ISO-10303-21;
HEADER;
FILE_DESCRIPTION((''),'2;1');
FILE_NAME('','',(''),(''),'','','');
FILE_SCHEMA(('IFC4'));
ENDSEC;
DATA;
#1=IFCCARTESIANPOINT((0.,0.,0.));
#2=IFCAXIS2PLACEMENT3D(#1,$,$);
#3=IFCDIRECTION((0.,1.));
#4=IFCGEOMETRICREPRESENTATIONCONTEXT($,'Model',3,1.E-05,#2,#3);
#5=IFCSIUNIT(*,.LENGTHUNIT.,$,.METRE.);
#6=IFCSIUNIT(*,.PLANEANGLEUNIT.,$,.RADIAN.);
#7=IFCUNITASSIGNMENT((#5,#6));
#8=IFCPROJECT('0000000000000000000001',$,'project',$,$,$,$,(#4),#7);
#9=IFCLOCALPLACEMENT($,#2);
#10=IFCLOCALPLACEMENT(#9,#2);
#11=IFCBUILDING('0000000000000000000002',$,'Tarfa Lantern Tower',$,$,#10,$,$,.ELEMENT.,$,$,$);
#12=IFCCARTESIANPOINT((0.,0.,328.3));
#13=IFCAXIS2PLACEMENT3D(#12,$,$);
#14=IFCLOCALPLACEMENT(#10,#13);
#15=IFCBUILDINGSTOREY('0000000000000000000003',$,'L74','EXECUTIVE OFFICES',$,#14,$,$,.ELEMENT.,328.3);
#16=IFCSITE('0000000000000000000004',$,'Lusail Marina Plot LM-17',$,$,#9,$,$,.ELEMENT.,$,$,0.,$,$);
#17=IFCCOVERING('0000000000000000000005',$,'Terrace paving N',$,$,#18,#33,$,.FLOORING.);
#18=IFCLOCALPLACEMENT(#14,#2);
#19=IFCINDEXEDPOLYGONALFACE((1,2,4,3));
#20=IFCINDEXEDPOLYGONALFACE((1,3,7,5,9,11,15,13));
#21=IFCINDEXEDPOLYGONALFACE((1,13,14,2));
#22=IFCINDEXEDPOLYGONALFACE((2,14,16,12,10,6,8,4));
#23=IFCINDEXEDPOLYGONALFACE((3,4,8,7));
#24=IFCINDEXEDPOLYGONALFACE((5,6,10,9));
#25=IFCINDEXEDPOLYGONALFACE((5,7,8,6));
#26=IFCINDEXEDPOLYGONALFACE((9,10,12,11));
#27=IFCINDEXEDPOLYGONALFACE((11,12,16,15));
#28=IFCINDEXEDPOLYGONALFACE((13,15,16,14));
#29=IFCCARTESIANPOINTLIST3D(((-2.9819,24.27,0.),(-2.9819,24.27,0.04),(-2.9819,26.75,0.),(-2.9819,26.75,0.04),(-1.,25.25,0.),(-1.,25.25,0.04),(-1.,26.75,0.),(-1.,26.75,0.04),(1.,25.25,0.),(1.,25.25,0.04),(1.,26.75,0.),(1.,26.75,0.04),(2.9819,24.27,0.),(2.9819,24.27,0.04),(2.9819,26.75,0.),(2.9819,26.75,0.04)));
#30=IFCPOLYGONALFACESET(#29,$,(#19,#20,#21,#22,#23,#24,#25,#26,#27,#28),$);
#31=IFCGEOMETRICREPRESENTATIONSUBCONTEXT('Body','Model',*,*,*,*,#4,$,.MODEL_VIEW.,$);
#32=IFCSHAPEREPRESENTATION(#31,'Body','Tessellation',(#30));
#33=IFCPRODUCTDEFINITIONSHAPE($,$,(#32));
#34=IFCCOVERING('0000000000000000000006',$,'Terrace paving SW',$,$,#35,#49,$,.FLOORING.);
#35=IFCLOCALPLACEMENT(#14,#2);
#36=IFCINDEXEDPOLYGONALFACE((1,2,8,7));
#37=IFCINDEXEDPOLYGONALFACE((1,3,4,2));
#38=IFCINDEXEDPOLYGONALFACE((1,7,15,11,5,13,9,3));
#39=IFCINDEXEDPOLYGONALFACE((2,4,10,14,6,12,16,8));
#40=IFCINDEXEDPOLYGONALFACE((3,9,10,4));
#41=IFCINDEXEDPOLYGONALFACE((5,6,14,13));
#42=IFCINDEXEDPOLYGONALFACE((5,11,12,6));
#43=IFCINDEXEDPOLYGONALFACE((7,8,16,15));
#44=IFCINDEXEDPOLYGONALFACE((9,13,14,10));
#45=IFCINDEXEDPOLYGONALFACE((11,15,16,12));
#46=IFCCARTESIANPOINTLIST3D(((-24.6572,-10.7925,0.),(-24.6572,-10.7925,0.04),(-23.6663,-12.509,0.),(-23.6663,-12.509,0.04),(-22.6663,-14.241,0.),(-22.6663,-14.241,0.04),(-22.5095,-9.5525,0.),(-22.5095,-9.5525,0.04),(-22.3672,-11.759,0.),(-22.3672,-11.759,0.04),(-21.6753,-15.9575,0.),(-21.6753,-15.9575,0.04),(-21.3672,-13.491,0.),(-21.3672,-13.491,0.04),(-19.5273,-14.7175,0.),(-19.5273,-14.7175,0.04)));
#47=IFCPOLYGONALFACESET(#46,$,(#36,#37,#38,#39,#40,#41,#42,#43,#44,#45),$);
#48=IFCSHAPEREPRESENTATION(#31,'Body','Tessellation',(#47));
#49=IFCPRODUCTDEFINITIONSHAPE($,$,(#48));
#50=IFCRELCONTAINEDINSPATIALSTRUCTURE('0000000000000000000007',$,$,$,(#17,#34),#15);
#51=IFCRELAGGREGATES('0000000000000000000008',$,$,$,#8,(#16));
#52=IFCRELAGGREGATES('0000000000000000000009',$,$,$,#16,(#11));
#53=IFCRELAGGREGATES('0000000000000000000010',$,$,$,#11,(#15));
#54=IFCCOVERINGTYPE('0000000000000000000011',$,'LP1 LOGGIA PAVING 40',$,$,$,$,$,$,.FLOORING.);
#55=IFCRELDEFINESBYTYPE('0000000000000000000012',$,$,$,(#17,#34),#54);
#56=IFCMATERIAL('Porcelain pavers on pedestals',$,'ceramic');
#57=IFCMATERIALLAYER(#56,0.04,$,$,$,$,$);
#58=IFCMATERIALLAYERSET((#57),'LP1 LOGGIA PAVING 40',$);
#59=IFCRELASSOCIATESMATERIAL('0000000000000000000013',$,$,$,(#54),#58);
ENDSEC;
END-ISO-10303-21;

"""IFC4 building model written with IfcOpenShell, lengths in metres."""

from ifc_helpers import new_model, si_unit, direction, frame, origin, place, context, subcontext, project, spatial, polyline, outline, extrude, material, layer, layer_set, type_object, element, save


model = new_model("IFC4")

# Units and contexts
model_context = context("Model", 3, precision=1e-05, world=origin(), true_north=direction((0.0, 1.0)))
body_context = subcontext(model_context, "Body", "Model", "MODEL_VIEW")
ifc_project = project(units=[si_unit("LENGTHUNIT", "METRE"), si_unit("PLANEANGLEUNIT", "RADIAN")], contexts=[model_context])

# Site, building, storey
site_placement = place(None, origin())
site = spatial("IfcSite", under=ifc_project, at=site_placement, Name="Lusail Marina Plot LM-17", CompositionType="ELEMENT", RefElevation=0.0)
building_placement = place(site_placement, origin())
building = spatial("IfcBuilding", under=site, at=building_placement, Name="Tarfa Lantern Tower", CompositionType="ELEMENT")
storey_placement = place(building_placement, frame((0.0, 0.0, 328.3)))
storey = spatial("IfcBuildingStorey", under=building, at=storey_placement, Name="L74", Description="EXECUTIVE OFFICES", CompositionType="ELEMENT", Elevation=328.3)

# Coverings
ifc_material_1 = material(Name="Porcelain pavers on pedestals", Category="ceramic")
ifc_layer_1 = layer(ifc_material_1, 0.04)
ifc_layer_set_1 = layer_set([ifc_layer_1], Name="LP1 LOGGIA PAVING 40")
covering_type = type_object("IfcCoveringType", Name="LP1 LOGGIA PAVING 40", PredefinedType="FLOORING", material=ifc_layer_set_1)
covering_1_placement = place(storey_placement, origin())
element("IfcCovering", 1, at=covering_1_placement, inside=storey, type_object=covering_type, Name="Terrace paving N", PredefinedType="FLOORING", context=body_context, shape_type="SweptSolid", body=[
    extrude(outline(polyline([(2.9819, 26.75), (2.9819, 24.27), (-2.9819, 24.27), (-2.9819, 26.75), (-1.0, 26.75), (-1.0, 25.25), (1.0, 25.25), (1.0, 26.75), (2.9819, 26.75)])), origin(), (0.0, 0.0, 1.0), 0.04),
])
covering_2_placement = place(storey_placement, origin())
element("IfcCovering", 2, at=covering_2_placement, inside=storey, type_object=covering_type, Name="Terrace paving SW", PredefinedType="FLOORING", context=body_context, shape_type="SweptSolid", body=[
    extrude(outline(polyline([(-24.6572, -10.7925), (-22.5095, -9.5525), (-19.5273, -14.7175), (-21.6753, -15.9575), (-22.6663, -14.241), (-21.3672, -13.491), (-22.3672, -11.759), (-23.6663, -12.509), (-24.6572, -10.7925)])), origin(), (0.0, 0.0, 1.0), 0.04),
])

save(model, "model.ifc")
